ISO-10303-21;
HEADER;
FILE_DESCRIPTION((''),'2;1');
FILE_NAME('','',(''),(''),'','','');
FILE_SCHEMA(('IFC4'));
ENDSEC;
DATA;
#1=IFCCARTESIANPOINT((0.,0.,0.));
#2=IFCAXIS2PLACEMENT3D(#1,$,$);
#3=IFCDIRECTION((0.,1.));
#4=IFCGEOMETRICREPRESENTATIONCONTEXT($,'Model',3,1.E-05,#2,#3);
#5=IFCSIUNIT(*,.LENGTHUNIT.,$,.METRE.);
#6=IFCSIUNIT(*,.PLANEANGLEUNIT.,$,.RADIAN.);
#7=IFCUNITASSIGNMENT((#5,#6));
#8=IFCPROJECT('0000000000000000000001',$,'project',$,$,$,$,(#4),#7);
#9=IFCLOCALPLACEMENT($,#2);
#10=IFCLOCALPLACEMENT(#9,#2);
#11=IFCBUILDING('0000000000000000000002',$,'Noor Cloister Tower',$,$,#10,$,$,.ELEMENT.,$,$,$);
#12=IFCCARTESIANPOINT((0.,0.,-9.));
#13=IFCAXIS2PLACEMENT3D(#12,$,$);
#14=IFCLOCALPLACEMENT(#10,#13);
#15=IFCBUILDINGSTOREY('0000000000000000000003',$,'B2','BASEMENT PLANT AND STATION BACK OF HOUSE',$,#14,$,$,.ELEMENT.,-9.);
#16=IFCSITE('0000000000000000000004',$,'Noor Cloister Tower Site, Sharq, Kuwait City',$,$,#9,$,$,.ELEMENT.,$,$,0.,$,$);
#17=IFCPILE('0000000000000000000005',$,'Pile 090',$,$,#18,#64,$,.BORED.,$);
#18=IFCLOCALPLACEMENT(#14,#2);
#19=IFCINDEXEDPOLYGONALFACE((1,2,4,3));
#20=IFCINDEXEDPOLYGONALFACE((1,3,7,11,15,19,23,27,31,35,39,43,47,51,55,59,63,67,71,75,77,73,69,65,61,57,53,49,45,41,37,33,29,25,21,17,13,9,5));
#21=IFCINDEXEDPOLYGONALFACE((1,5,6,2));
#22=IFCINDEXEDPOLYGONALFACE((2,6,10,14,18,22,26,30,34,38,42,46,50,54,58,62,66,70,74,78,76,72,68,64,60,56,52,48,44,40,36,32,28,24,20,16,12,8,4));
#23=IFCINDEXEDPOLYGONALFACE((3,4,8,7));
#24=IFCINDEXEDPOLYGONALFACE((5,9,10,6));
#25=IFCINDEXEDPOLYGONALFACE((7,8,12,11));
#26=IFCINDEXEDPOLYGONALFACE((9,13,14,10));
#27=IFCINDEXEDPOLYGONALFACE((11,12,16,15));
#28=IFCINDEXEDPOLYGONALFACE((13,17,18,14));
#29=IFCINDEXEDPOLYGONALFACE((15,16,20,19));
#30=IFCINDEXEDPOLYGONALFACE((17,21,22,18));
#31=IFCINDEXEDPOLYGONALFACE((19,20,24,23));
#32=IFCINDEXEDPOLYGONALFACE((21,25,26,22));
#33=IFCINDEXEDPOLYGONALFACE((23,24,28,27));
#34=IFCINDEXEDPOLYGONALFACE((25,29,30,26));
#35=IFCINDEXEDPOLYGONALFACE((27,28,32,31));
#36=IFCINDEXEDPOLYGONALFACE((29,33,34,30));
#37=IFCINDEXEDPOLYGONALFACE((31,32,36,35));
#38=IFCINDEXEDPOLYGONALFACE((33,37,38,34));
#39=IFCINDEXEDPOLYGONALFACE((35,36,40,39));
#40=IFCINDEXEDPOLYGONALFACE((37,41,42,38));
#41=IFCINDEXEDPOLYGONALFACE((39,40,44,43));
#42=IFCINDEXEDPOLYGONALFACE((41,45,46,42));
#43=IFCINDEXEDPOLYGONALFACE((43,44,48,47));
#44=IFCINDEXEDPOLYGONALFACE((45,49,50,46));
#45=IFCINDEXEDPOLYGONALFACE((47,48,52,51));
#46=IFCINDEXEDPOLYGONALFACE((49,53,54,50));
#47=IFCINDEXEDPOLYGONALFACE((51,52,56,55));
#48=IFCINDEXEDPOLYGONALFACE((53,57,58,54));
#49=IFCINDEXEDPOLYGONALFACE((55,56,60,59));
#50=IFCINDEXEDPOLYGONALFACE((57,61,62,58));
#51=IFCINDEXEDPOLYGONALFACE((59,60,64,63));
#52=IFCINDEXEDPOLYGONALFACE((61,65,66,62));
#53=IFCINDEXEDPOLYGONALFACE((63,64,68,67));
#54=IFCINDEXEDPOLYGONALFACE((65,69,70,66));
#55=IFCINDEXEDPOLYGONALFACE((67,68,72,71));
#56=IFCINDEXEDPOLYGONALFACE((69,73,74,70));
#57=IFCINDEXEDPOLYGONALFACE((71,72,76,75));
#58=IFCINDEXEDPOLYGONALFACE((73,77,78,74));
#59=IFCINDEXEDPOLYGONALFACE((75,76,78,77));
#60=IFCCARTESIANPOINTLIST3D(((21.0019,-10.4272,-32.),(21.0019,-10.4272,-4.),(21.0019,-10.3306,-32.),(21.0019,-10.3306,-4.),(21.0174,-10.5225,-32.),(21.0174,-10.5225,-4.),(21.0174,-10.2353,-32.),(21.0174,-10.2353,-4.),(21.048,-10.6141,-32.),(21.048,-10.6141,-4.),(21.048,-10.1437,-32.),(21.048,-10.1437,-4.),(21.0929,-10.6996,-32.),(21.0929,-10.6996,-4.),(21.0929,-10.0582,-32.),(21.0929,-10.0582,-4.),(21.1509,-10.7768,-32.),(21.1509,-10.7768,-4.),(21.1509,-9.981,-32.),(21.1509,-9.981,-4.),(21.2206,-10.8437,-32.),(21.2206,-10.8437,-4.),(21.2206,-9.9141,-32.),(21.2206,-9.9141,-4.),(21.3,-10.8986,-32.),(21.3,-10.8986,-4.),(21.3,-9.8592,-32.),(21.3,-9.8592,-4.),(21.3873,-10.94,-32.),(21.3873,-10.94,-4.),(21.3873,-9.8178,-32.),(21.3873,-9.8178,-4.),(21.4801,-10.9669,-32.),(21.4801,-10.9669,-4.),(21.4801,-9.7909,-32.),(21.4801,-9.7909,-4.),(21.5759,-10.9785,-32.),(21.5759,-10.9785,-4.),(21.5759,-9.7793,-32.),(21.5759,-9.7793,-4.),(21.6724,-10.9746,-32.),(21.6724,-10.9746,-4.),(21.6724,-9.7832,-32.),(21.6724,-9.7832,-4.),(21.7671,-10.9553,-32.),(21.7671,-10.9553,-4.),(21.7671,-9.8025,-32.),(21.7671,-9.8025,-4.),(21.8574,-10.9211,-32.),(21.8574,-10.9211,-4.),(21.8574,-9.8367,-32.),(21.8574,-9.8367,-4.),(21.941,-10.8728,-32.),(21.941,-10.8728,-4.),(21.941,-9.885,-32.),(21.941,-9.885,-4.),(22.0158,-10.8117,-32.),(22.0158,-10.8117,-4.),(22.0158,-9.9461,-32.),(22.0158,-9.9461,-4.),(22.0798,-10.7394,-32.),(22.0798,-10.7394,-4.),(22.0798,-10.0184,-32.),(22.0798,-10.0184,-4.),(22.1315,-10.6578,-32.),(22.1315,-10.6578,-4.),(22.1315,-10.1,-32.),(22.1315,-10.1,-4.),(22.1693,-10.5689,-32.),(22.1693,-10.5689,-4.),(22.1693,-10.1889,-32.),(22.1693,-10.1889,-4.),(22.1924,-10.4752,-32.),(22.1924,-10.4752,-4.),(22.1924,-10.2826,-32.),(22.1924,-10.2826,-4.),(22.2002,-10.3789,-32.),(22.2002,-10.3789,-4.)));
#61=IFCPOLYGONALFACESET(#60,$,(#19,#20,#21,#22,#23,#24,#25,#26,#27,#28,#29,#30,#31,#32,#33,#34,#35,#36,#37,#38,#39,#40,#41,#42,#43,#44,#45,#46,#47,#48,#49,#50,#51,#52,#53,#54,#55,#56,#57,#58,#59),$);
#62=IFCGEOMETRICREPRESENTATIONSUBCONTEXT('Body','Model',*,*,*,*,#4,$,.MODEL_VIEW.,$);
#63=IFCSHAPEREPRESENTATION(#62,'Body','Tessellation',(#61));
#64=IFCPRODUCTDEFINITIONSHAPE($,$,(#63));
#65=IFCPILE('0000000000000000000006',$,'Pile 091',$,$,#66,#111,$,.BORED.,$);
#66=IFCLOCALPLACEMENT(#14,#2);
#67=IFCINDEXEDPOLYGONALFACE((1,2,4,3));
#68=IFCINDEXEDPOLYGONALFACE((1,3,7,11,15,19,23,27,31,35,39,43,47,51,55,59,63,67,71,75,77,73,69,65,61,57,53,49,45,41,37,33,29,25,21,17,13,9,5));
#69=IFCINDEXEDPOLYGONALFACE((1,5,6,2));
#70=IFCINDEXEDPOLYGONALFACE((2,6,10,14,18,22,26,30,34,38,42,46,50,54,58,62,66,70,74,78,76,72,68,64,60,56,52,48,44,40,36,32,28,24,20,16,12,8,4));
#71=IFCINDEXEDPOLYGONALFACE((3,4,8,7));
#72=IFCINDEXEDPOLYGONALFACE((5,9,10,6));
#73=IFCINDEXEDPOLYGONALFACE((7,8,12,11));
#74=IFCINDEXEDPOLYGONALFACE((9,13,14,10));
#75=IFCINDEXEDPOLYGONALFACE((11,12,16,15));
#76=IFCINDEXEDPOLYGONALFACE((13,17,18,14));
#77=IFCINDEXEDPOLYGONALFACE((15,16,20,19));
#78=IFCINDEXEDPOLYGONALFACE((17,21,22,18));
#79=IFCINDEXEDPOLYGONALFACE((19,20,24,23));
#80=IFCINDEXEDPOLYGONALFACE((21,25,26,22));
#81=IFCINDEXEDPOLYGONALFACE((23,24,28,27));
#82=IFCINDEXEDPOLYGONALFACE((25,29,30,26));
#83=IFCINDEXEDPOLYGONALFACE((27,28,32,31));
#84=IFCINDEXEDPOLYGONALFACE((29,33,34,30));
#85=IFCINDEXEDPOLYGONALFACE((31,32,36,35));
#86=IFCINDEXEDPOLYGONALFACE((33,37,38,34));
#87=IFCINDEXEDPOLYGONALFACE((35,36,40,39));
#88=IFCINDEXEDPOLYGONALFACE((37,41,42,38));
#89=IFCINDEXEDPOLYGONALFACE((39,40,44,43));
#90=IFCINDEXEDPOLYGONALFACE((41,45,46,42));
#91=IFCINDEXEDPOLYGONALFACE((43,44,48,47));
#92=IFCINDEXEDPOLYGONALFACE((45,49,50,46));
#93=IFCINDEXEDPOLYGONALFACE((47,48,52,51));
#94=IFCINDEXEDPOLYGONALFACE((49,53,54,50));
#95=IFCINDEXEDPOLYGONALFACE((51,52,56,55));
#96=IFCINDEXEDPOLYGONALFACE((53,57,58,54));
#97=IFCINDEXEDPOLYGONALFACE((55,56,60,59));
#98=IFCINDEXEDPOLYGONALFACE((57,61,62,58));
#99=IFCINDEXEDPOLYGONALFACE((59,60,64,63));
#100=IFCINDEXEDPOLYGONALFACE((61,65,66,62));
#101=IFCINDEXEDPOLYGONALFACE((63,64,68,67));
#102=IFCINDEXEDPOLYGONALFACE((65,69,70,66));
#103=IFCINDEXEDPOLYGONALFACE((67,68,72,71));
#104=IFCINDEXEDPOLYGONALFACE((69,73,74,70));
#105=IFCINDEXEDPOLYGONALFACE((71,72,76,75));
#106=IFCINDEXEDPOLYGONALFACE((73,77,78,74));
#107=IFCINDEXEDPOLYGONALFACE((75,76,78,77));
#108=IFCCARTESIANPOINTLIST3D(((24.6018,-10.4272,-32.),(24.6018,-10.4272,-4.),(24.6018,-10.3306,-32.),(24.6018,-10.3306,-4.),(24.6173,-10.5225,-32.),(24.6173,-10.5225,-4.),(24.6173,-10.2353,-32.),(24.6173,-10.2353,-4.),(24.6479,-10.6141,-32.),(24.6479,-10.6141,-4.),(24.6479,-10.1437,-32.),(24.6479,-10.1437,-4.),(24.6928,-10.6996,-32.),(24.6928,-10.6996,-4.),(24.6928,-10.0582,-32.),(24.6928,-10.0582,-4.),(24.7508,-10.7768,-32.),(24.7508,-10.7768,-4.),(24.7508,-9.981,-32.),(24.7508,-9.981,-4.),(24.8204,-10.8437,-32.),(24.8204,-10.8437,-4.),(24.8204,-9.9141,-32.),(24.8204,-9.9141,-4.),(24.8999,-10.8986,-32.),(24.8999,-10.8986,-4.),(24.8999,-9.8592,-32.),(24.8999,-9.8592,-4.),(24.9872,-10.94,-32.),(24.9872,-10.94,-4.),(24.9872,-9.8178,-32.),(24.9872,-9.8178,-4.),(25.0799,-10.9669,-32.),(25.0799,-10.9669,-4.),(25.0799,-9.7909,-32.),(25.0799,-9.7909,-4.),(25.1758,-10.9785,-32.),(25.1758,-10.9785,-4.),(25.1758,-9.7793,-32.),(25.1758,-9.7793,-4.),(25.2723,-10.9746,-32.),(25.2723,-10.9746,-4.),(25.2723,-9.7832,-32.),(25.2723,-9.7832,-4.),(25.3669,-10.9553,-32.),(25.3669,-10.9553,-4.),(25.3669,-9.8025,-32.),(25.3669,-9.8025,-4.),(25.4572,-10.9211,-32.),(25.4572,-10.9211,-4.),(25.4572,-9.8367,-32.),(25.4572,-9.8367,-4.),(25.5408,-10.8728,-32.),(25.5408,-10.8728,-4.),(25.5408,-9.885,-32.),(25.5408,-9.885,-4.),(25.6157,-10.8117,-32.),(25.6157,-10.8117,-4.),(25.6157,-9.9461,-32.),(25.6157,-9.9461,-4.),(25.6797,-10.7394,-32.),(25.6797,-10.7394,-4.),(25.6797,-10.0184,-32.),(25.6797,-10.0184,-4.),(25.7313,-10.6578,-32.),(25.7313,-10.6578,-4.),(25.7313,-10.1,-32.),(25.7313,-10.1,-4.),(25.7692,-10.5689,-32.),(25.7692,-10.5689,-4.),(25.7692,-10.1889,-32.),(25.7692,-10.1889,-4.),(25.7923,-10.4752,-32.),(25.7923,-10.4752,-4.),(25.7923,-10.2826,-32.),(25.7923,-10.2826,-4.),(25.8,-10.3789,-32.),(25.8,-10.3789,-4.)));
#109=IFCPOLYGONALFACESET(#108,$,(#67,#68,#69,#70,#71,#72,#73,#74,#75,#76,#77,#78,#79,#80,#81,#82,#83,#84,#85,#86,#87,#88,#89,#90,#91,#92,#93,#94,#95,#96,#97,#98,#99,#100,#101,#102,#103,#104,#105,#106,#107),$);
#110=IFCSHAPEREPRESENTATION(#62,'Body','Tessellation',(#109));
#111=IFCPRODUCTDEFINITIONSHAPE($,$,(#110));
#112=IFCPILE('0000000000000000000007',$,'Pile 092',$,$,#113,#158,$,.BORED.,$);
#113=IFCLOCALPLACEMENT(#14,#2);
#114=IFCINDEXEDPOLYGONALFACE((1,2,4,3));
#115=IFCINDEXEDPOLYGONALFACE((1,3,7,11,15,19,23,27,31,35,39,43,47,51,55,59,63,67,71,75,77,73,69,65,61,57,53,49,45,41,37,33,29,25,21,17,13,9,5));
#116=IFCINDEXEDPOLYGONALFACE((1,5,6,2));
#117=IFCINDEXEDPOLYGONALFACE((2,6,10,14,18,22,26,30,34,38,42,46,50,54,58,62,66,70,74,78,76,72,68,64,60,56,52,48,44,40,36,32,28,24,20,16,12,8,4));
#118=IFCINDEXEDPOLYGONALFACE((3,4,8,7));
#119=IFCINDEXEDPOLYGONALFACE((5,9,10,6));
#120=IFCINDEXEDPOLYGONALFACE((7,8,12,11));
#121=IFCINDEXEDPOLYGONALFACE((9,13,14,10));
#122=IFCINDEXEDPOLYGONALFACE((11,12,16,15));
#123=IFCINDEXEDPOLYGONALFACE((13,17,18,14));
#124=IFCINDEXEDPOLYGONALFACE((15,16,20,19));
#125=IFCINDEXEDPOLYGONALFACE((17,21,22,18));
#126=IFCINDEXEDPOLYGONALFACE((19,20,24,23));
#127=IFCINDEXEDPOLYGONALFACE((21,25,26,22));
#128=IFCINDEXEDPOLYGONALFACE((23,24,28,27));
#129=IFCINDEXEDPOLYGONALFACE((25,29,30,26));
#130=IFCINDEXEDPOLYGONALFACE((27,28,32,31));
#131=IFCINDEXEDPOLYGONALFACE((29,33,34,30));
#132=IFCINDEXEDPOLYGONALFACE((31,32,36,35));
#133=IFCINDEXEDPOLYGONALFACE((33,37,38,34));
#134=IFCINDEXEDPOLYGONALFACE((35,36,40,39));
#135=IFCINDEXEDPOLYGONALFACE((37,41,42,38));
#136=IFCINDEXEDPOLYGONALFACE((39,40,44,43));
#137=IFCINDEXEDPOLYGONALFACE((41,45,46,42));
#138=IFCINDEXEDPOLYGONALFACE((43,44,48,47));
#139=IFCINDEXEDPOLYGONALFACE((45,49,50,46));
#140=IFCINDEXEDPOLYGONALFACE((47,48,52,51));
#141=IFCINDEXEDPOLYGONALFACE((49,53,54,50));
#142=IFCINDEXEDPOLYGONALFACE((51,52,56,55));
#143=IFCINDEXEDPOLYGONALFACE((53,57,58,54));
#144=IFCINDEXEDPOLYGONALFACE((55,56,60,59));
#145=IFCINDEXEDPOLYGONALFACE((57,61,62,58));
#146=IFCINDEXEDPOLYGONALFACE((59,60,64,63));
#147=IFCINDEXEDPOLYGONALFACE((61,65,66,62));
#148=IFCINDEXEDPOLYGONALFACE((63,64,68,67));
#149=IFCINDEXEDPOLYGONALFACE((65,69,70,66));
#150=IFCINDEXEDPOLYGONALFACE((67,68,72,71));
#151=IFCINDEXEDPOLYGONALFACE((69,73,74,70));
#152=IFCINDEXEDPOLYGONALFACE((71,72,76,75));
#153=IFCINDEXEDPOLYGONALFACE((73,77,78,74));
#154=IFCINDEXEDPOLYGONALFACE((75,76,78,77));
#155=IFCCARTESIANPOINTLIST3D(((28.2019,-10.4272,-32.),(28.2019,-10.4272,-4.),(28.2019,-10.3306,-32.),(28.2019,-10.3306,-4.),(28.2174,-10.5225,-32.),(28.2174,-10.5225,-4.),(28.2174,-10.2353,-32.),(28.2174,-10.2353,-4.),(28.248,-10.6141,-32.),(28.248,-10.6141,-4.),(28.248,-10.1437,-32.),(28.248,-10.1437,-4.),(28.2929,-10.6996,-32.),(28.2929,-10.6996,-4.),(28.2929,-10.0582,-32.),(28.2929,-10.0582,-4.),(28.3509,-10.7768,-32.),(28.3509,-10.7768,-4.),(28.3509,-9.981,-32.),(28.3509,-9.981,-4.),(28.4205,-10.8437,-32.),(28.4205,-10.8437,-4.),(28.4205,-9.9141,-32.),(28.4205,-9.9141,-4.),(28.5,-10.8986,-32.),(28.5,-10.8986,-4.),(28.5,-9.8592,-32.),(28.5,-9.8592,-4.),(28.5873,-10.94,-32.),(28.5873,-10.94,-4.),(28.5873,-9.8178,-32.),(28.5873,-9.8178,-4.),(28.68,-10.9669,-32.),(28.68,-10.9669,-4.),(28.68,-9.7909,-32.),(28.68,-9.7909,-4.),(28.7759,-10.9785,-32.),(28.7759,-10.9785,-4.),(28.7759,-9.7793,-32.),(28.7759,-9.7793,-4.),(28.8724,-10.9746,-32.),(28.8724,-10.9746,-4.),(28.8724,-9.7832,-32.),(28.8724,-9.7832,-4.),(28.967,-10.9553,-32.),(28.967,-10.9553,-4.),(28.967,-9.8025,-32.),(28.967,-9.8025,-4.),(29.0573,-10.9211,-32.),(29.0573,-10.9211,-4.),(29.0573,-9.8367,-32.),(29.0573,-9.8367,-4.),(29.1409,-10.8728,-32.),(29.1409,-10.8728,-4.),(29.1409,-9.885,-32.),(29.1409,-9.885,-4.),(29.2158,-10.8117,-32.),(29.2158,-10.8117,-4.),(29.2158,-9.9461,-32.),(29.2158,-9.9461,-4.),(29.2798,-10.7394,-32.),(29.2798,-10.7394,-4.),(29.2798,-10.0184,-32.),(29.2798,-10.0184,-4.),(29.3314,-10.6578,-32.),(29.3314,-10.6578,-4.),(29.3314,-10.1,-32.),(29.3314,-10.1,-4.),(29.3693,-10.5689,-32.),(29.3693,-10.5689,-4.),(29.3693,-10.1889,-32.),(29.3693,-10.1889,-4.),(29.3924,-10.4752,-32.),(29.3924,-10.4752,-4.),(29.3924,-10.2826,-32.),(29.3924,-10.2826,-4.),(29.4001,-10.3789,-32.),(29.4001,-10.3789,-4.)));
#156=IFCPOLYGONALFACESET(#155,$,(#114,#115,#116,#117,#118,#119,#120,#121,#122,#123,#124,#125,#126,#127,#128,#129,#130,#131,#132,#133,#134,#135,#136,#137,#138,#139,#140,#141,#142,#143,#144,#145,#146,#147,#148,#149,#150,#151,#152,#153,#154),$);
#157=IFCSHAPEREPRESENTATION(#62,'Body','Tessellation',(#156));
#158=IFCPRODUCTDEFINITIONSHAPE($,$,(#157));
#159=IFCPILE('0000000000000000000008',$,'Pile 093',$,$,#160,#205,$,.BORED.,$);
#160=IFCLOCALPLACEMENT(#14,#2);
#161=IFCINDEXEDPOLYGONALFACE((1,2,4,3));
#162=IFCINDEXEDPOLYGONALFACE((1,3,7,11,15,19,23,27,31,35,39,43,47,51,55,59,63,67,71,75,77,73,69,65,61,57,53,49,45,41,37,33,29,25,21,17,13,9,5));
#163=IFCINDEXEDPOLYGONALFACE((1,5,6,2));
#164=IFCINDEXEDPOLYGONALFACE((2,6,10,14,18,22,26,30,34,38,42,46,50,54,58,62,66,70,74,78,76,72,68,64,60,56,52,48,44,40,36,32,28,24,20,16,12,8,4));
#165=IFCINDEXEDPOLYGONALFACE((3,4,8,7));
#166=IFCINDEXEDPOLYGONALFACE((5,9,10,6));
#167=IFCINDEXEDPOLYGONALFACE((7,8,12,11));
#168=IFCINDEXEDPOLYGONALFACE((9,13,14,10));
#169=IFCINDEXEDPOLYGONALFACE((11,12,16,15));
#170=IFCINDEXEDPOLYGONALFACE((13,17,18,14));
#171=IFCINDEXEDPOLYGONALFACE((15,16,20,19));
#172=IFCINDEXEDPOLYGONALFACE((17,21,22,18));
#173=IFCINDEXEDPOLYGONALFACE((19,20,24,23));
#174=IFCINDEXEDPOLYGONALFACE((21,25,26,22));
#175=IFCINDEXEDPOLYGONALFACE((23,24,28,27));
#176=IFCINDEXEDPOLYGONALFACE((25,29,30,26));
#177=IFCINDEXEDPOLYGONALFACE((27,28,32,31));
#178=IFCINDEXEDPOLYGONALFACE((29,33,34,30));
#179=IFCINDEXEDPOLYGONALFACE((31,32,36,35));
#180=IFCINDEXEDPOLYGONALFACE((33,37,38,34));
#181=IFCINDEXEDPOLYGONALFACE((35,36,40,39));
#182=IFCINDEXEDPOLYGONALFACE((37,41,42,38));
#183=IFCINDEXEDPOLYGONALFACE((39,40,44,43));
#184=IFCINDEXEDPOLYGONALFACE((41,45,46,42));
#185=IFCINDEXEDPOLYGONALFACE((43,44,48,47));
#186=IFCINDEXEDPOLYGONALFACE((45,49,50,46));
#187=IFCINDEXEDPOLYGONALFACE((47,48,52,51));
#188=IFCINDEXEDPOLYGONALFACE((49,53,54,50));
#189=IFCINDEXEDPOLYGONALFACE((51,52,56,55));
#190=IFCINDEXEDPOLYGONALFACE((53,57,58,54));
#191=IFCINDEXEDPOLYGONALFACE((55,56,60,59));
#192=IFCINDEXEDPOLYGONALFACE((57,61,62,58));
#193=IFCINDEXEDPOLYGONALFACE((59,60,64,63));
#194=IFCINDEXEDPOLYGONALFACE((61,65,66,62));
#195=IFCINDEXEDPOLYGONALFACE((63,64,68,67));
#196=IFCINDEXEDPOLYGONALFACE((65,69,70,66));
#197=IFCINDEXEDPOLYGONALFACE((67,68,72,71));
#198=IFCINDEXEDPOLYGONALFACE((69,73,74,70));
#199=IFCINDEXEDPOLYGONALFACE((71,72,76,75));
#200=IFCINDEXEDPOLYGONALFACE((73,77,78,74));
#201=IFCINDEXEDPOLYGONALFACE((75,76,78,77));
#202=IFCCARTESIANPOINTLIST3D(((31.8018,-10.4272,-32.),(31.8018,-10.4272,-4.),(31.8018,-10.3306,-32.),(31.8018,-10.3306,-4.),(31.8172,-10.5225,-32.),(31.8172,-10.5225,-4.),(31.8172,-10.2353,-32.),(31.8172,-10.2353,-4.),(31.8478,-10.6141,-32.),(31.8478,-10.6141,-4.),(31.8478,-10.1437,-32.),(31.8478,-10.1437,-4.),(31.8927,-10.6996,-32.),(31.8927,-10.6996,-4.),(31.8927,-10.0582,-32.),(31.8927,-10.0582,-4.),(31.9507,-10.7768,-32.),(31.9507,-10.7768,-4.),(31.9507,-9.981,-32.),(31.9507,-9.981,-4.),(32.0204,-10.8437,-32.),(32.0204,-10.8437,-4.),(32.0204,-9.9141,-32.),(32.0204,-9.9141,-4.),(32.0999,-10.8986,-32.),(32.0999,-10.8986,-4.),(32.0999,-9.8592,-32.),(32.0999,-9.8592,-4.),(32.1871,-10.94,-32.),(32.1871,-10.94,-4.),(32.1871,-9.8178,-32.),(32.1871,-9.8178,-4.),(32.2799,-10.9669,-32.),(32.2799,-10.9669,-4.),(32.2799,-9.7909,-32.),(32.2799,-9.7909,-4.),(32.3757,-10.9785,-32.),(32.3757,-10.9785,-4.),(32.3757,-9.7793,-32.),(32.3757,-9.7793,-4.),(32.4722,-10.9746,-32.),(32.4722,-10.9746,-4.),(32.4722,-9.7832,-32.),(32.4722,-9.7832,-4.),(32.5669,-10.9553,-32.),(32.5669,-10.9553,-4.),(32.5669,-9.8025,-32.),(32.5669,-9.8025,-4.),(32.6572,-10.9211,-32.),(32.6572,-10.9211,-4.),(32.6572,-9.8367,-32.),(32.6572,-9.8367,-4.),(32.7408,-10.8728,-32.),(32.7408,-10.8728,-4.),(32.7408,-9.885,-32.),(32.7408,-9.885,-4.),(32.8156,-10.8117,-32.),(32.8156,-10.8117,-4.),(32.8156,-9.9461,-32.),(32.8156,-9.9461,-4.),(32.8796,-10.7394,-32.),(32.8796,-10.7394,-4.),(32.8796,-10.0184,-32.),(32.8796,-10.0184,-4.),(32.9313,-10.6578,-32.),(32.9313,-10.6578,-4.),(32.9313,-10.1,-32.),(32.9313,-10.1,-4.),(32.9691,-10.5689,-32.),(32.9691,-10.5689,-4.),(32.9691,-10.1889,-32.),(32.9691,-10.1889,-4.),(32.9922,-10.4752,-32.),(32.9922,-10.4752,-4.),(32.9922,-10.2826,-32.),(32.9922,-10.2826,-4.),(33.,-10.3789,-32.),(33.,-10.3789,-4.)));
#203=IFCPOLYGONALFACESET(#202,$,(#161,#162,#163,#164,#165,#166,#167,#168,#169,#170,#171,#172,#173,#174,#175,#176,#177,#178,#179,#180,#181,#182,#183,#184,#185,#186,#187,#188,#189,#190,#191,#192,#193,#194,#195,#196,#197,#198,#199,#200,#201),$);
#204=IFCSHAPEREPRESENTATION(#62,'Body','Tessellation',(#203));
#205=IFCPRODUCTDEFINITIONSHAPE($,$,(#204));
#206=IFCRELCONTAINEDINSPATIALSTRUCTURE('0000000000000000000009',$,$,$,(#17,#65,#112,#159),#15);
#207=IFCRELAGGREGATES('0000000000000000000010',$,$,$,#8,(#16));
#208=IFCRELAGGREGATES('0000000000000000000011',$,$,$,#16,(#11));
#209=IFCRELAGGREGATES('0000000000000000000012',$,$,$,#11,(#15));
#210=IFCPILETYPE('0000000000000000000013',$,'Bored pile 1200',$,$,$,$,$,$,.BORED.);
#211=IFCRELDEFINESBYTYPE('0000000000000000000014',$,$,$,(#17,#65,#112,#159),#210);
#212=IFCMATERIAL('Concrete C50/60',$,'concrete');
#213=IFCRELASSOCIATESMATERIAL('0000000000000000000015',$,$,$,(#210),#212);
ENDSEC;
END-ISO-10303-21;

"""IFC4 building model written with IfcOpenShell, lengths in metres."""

from ifc_helpers import new_model, si_unit, direction, frame, origin, origin_2d, place, context, subcontext, project, spatial, circle, extrude, material, material_profile, profile_set, type_object, element, save


model = new_model("IFC4")

# Units and contexts
model_context = context("Model", 3, precision=1e-05, world=origin(), true_north=direction((0.0, 1.0)))
body_context = subcontext(model_context, "Body", "Model", "MODEL_VIEW")
ifc_project = project(units=[si_unit("LENGTHUNIT", "METRE"), si_unit("PLANEANGLEUNIT", "RADIAN")], contexts=[model_context])

# Site, building, storey
site_placement = place(None, origin())
site = spatial("IfcSite", under=ifc_project, at=site_placement, Name="Noor Cloister Tower Site, Sharq, Kuwait City", CompositionType="ELEMENT", RefElevation=0.0)
building_placement = place(site_placement, origin())
building = spatial("IfcBuilding", under=site, at=building_placement, Name="Noor Cloister Tower", CompositionType="ELEMENT")
storey_placement = place(building_placement, frame((0.0, 0.0, -9.0)))
storey = spatial("IfcBuildingStorey", under=building, at=storey_placement, Name="B2", Description="BASEMENT PLANT AND STATION BACK OF HOUSE", CompositionType="ELEMENT", Elevation=-9.0)

# Piles
ifc_material_1 = material(Name="Concrete C50/60", Category="concrete")
ifc_material_profile_1 = material_profile(ifc_material_1, circle(Radius=0.6001, at=origin_2d()), Name="Bored pile 1200")
ifc_profile_set_1 = profile_set([ifc_material_profile_1], Name="Concrete C50/60")
pile_type = type_object("IfcPileType", Name="Bored pile 1200", PredefinedType="BORED", material=ifc_profile_set_1)
for number, where, z_axis, x_axis, name in (
    (1, (21.6001, -10.3789, -4.0), (0.0, 0.0, -1.0), (1.0, 0.0, 0.0), "Pile 090"),
    (2, (25.2, -10.3789, -4.0), (0.0, 0.0, -1.0), (1.0, 0.0, 0.0), "Pile 091"),
    (3, (28.8, -10.3789, -4.0), (0.0, 0.0, -1.0), (1.0, 0.0, 0.0), "Pile 092"),
    (4, (32.3999, -10.3789, -4.0), (0.0, 0.0, -1.0), (1.0, 0.0, 0.0), "Pile 093"),
):
    element("IfcPile", number, at=place(storey_placement, frame(where, z_axis=z_axis, x_axis=x_axis)), inside=storey, type_object=pile_type, Name=name, PredefinedType="BORED", context=body_context, shape_type="SweptSolid", body=[
        extrude(circle(Radius=0.6001, at=origin_2d()), origin(), (0.0, 0.0, 1.0), 28.0),
    ])

save(model, "model.ifc")
